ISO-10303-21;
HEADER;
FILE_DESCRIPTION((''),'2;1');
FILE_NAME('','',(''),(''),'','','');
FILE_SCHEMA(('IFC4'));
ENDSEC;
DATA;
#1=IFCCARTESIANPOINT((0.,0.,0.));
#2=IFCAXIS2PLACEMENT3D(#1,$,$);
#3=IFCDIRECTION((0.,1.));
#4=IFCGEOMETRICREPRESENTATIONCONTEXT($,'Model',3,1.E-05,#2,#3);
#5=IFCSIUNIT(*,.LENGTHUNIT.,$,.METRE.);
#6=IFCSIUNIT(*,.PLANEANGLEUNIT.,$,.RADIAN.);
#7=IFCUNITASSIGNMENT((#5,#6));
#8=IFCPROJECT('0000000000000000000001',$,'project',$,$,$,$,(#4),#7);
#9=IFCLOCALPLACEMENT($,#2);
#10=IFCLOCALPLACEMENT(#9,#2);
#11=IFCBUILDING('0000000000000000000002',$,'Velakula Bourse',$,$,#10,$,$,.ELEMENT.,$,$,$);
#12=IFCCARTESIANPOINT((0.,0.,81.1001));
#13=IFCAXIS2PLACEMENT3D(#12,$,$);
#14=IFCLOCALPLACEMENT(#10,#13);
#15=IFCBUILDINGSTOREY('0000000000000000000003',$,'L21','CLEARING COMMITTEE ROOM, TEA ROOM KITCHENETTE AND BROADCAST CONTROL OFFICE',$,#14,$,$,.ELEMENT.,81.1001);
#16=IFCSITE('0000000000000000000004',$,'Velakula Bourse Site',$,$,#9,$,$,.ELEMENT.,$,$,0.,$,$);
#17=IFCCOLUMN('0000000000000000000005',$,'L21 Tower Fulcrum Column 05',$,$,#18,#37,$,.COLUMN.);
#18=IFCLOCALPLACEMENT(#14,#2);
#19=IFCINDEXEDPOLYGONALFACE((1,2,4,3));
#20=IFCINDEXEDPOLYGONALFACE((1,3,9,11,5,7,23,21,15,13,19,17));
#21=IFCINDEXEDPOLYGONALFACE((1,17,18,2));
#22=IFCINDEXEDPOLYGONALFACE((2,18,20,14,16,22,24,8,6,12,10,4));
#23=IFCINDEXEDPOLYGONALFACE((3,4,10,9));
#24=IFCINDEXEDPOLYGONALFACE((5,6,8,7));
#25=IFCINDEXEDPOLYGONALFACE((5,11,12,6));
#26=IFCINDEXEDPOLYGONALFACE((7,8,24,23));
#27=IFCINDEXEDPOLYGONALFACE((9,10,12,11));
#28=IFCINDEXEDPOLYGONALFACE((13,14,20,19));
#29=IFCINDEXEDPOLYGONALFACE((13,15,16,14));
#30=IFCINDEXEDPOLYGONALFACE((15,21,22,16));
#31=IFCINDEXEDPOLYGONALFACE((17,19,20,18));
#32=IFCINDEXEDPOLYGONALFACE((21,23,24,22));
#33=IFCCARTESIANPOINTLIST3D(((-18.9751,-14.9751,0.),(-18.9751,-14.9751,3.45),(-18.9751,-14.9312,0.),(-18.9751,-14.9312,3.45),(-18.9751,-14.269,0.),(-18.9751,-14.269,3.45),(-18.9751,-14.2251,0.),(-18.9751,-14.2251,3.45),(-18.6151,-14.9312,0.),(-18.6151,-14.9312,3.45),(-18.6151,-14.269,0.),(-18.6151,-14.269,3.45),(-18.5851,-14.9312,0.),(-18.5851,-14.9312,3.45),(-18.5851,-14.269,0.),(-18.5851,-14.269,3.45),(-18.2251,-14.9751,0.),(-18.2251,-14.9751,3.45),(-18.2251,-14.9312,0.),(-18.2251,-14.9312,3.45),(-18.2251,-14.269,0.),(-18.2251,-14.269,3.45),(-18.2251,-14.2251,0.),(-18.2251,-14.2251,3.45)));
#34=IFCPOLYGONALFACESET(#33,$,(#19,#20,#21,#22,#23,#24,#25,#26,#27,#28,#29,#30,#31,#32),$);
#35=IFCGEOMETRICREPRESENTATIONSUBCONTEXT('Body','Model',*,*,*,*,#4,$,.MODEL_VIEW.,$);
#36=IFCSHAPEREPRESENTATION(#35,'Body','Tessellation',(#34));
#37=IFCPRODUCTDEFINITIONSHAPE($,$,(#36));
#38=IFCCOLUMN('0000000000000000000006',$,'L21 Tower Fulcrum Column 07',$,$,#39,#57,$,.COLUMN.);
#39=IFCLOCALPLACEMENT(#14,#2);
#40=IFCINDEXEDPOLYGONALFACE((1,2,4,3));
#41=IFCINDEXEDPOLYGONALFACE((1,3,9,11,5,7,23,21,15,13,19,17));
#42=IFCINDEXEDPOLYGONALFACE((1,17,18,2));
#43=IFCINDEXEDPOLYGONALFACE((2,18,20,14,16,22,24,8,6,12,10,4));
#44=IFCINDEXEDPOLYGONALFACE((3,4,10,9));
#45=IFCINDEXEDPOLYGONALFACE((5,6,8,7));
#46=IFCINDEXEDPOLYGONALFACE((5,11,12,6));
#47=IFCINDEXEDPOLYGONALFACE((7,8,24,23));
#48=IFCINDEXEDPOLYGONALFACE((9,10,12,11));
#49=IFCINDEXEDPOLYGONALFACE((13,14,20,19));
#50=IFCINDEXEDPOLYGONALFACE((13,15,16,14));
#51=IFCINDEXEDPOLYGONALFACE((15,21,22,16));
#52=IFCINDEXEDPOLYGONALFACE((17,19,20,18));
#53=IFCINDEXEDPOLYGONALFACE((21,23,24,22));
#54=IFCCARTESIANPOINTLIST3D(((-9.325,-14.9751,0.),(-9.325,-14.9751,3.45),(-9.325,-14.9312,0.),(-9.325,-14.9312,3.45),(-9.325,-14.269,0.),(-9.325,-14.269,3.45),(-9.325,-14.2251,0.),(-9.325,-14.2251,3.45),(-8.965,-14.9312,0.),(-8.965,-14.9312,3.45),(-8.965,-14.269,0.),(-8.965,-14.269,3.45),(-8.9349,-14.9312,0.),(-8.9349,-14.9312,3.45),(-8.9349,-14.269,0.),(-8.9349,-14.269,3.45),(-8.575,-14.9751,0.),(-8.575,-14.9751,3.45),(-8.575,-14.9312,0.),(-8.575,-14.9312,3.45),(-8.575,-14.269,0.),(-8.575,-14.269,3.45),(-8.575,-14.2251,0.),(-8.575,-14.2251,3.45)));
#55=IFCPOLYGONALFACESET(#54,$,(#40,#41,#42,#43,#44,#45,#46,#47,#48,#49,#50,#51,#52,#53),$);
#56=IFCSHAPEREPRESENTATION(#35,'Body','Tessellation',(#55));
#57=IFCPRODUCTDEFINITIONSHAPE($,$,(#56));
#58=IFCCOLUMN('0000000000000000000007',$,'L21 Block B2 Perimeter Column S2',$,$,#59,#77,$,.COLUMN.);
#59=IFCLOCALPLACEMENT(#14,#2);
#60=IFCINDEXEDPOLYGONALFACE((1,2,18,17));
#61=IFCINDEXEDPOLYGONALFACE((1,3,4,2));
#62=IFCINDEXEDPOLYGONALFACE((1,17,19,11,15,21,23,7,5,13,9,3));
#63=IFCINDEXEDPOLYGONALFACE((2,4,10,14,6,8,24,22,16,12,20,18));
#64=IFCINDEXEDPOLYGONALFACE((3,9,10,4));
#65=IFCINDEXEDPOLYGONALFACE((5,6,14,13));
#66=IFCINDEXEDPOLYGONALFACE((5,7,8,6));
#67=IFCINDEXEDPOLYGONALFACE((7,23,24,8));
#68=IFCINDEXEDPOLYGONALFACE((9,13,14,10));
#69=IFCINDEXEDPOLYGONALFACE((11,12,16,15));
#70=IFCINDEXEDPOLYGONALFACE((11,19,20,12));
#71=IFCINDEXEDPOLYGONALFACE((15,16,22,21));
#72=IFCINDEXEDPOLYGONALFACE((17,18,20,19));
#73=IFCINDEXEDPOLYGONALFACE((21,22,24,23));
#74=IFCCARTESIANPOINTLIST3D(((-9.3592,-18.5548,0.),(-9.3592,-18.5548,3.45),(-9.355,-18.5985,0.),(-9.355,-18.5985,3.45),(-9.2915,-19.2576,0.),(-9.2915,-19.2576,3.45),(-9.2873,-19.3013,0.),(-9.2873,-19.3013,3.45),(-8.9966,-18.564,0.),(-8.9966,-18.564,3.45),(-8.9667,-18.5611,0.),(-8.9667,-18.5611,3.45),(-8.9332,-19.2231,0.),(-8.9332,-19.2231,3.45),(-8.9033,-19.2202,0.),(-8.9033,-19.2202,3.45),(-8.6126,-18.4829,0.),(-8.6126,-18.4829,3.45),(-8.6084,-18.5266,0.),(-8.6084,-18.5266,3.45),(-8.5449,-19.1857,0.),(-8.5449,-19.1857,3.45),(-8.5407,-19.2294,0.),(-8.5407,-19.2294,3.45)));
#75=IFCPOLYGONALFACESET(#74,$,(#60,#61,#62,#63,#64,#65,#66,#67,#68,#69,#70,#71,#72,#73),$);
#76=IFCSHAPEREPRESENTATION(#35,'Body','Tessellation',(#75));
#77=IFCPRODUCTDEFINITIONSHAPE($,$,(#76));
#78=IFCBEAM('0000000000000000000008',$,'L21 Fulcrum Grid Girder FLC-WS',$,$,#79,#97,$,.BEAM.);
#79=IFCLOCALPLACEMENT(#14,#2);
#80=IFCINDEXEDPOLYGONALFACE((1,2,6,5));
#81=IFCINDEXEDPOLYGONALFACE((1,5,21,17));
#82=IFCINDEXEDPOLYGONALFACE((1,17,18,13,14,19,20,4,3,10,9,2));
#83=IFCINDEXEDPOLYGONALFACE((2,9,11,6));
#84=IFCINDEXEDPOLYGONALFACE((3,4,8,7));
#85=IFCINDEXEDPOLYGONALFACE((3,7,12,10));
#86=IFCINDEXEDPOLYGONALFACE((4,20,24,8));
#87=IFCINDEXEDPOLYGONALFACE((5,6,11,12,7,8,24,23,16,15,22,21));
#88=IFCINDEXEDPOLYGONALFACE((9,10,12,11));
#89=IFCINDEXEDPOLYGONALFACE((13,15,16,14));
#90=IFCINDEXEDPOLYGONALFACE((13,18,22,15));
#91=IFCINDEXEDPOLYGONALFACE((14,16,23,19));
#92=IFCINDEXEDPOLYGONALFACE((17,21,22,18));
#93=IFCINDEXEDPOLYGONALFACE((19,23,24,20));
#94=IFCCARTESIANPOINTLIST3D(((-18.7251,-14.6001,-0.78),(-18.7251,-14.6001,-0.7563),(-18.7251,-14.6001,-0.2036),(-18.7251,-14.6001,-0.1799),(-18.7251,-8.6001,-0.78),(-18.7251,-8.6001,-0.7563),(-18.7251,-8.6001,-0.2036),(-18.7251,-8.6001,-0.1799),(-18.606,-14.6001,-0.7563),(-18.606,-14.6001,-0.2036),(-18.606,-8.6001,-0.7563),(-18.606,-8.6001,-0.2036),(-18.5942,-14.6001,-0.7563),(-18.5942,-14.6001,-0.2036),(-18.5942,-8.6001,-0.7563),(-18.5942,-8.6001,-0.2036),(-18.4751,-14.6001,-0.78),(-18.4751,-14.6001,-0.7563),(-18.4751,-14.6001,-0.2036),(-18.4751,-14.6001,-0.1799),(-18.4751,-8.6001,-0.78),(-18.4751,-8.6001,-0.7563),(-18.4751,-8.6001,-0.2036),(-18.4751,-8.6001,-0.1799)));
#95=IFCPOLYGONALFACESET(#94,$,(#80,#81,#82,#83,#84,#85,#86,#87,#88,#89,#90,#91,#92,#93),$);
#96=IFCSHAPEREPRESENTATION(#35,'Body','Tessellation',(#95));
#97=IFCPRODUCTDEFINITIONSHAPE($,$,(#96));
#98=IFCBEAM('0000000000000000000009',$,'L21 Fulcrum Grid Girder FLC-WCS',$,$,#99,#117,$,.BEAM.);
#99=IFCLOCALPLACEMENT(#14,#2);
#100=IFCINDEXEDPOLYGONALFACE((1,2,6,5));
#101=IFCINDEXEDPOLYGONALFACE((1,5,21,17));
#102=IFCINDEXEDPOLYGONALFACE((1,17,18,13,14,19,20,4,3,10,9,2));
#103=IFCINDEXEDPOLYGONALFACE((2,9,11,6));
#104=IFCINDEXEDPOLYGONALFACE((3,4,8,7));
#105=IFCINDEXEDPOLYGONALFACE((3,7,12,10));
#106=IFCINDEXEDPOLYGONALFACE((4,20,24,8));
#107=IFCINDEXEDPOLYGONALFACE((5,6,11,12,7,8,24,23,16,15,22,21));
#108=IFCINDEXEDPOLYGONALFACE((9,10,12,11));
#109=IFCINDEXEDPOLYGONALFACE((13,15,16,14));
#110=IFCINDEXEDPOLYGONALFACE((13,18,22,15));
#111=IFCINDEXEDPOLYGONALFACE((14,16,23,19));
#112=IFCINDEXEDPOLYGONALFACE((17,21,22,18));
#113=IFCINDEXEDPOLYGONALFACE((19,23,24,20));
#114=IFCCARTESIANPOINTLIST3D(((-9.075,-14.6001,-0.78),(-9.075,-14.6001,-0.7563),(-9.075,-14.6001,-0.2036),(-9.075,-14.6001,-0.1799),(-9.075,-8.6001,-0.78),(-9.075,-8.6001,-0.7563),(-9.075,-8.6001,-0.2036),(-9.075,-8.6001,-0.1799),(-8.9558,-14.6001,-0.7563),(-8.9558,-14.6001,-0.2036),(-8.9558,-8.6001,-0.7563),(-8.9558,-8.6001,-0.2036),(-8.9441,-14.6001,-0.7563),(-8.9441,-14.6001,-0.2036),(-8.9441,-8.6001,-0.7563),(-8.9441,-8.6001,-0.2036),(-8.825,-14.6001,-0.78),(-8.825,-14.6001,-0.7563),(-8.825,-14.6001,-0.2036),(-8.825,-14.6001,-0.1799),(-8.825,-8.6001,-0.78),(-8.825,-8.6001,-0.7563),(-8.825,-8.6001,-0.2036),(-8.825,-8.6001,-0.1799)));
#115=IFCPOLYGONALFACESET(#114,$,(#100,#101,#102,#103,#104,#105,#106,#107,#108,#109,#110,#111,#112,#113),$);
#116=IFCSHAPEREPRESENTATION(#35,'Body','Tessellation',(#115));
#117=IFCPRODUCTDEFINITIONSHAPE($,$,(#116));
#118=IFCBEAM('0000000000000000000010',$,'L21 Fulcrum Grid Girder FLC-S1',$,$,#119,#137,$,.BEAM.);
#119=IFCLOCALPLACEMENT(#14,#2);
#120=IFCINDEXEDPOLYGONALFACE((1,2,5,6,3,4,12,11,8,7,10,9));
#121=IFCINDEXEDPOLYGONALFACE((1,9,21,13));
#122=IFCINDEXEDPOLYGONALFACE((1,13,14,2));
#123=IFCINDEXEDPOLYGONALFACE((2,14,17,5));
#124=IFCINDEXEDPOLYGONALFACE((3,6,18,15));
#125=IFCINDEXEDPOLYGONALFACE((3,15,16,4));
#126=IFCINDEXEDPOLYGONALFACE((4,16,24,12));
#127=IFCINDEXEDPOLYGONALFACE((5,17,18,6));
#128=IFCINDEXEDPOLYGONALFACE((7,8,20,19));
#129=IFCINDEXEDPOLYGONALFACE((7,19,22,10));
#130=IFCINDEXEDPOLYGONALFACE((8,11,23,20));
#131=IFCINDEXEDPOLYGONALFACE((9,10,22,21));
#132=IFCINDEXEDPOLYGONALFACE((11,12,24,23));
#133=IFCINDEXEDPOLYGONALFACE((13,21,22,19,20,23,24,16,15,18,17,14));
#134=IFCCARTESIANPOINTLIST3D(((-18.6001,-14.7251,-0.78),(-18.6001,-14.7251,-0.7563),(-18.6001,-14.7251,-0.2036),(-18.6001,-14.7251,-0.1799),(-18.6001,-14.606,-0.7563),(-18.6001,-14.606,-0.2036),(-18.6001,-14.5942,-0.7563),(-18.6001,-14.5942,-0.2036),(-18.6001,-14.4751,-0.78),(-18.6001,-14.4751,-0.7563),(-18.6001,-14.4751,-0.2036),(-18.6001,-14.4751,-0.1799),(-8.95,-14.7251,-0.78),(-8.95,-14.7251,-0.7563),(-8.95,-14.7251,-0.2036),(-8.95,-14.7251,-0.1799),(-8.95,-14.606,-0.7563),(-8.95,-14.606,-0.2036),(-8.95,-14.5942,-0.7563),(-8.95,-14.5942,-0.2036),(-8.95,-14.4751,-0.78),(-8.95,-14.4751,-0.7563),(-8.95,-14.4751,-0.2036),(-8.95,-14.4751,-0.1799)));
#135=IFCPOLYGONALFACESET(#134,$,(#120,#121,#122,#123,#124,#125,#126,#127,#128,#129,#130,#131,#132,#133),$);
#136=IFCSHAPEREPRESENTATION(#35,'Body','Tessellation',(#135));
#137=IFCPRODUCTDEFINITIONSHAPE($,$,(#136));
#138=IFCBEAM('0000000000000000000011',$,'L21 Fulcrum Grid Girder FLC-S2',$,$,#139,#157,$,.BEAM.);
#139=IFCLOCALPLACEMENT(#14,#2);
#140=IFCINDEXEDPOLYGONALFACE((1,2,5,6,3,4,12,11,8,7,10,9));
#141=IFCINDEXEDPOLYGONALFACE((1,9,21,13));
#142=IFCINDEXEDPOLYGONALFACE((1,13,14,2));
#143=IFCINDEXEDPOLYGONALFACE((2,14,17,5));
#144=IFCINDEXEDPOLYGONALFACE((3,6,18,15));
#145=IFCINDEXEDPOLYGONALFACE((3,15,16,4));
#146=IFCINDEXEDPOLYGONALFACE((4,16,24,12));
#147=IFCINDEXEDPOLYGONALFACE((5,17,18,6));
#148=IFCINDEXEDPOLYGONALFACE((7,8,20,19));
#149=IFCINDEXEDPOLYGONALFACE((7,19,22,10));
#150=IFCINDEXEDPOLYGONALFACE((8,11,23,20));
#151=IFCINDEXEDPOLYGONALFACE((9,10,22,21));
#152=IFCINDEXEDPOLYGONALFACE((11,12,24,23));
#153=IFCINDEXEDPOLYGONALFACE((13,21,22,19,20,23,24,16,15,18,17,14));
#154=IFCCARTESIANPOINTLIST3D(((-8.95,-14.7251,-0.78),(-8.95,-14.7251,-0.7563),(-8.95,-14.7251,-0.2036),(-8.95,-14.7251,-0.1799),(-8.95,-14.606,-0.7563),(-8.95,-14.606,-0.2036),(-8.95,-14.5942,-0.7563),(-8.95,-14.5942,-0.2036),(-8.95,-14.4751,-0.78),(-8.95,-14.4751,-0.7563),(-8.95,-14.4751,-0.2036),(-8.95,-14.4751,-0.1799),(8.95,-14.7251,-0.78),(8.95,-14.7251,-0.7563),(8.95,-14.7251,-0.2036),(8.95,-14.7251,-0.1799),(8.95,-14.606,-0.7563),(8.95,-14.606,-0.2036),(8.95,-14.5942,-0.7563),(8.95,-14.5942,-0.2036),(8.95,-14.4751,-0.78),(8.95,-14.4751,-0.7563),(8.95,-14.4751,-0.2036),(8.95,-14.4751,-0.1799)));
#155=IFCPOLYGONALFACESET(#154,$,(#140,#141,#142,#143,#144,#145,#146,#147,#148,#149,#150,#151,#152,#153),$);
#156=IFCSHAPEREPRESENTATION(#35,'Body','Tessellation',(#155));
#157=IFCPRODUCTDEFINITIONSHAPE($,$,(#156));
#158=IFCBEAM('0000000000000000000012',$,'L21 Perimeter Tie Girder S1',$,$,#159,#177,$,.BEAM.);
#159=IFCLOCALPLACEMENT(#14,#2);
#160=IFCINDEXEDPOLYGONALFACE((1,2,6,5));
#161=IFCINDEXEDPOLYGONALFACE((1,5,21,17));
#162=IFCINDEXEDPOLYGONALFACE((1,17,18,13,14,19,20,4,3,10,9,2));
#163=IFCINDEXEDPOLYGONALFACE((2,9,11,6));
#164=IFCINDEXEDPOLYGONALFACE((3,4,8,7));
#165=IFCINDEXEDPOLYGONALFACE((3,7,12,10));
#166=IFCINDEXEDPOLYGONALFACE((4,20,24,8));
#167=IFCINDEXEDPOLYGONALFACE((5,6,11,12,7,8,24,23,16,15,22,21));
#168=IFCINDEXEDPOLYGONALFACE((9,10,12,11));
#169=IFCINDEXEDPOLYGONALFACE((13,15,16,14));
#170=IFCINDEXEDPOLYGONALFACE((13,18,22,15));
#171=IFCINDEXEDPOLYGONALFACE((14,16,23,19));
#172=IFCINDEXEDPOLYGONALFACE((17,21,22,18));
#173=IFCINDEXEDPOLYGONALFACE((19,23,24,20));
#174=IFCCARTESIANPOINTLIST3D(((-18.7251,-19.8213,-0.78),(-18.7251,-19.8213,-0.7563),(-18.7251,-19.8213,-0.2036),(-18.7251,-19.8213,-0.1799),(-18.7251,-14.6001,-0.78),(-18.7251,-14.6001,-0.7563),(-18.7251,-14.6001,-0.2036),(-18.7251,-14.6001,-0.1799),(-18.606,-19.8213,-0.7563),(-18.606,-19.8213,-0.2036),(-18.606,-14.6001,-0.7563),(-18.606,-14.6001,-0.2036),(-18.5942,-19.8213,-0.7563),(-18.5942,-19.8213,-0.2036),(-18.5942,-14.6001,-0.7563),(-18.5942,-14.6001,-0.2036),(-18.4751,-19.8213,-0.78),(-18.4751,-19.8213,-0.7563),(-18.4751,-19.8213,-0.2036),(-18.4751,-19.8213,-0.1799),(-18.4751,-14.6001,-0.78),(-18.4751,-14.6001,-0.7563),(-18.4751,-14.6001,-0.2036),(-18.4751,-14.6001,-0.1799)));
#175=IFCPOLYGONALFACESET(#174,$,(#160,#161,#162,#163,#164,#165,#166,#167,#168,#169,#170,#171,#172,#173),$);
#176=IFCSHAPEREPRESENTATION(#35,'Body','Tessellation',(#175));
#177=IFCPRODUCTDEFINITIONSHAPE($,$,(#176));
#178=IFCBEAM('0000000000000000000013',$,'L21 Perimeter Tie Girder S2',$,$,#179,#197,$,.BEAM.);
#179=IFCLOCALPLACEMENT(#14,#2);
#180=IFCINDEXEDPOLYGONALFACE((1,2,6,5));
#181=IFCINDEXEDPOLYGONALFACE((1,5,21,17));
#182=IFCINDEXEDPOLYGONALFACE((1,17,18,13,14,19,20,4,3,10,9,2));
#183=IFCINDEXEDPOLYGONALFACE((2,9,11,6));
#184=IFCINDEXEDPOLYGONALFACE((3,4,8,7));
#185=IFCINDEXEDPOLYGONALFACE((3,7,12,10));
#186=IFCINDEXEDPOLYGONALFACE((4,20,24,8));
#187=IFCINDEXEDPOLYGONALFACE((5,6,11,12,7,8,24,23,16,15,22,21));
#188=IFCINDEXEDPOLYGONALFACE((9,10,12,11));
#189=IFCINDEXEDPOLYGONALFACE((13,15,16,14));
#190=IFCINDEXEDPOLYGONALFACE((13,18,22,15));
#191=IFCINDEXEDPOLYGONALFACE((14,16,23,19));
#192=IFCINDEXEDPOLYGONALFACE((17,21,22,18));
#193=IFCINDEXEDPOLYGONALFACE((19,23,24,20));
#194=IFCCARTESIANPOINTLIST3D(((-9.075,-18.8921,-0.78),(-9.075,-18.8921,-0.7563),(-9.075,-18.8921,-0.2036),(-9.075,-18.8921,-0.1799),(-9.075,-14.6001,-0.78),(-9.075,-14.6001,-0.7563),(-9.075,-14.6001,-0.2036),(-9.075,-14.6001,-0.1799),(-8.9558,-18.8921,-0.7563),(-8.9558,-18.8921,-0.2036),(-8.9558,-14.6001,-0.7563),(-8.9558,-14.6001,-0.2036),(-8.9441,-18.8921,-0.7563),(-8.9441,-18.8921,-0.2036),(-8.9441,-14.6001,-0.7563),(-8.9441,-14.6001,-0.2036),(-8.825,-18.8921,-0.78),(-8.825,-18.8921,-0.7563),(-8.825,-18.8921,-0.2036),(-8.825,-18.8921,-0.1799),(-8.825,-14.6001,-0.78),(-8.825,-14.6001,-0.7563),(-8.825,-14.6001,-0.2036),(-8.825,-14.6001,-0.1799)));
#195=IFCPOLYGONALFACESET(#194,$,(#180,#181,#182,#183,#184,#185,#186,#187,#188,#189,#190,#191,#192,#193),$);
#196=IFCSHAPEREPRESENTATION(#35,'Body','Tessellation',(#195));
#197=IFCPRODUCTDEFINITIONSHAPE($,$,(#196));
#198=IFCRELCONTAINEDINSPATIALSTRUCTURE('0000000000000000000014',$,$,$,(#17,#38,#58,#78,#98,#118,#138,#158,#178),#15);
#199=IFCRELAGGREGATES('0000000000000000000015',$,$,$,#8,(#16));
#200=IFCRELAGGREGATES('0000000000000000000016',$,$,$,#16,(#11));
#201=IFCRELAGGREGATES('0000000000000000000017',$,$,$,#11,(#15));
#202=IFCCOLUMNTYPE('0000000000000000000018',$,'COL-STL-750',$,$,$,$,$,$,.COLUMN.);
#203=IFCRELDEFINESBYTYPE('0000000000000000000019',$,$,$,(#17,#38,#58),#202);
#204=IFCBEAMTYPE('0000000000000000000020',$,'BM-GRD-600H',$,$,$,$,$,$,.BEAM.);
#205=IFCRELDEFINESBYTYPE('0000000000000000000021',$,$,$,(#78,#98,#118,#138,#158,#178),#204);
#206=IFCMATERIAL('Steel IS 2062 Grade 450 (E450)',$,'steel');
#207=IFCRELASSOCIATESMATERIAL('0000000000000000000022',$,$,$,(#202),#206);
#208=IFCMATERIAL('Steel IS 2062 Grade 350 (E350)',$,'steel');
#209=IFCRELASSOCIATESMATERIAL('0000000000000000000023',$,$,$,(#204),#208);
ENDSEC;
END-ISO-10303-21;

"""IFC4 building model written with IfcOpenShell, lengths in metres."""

from ifc_helpers import new_model, si_unit, direction, frame, origin, origin_2d, place, context, subcontext, project, spatial, i_section, extrude, material, material_profile, profile_set, type_object, element, save


model = new_model("IFC4")

# Units and contexts
model_context = context("Model", 3, precision=1e-05, world=origin(), true_north=direction((0.0, 1.0)))
body_context = subcontext(model_context, "Body", "Model", "MODEL_VIEW")
ifc_project = project(units=[si_unit("LENGTHUNIT", "METRE"), si_unit("PLANEANGLEUNIT", "RADIAN")], contexts=[model_context])

# Site, building, storey
site_placement = place(None, origin())
site = spatial("IfcSite", under=ifc_project, at=site_placement, Name="Velakula Bourse Site", CompositionType="ELEMENT", RefElevation=0.0)
building_placement = place(site_placement, origin())
building = spatial("IfcBuilding", under=site, at=building_placement, Name="Velakula Bourse", CompositionType="ELEMENT")
storey_placement = place(building_placement, frame((0.0, 0.0, 81.1001)))
storey = spatial("IfcBuildingStorey", under=building, at=storey_placement, Name="L21", Description="CLEARING COMMITTEE ROOM, TEA ROOM KITCHENETTE AND BROADCAST CONTROL OFFICE", CompositionType="ELEMENT", Elevation=81.1001)

# Columns
ifc_material_1 = material(Name="Steel IS 2062 Grade 450 (E450)", Category="steel")
ifc_material_profile_1 = material_profile(ifc_material_1, i_section(OverallWidth=0.75, OverallDepth=0.75, WebThickness=0.03, FlangeThickness=0.0439, at=origin_2d()), Name="Steel IS 2062 Grade 450 (E450)")
ifc_profile_set_1 = profile_set([ifc_material_profile_1], Name="Steel IS 2062 Grade 450 (E450)")
column_type = type_object("IfcColumnType", Name="COL-STL-750", PredefinedType="COLUMN", material=ifc_profile_set_1)
for number, where, z_axis, x_axis, name in (
    (1, (-18.6001, -14.6001, 0.0), (0.0, 0.0, 1.0), (1.0, 0.0, 0.0), "L21 Tower Fulcrum Column 05"),
    (2, (-8.95, -14.6001, 0.0), (0.0, 0.0, 1.0), (1.0, 0.0, 0.0), "L21 Tower Fulcrum Column 07"),
    (3, (-8.95, -18.8921, 0.0), (0.0, 0.0, 1.0), (0.995396, 0.095846, 0.0), "L21 Block B2 Perimeter Column S2"),
):
    element("IfcColumn", number, at=place(storey_placement, frame(where, z_axis=z_axis, x_axis=x_axis)), inside=storey, type_object=column_type, Name=name, PredefinedType="COLUMN", context=body_context, shape_type="SweptSolid", body=[
        extrude(i_section(OverallWidth=0.75, OverallDepth=0.75, WebThickness=0.03, FlangeThickness=0.0439, at=origin_2d()), origin(), (0.0, 0.0, 1.0), 3.45),
    ])

# Beams
ifc_material_2 = material(Name="Steel IS 2062 Grade 350 (E350)", Category="steel")
ifc_material_profile_2 = material_profile(ifc_material_2, i_section(OverallWidth=0.25, OverallDepth=0.6001, WebThickness=0.0117, FlangeThickness=0.0237, at=origin_2d()), Name="Steel IS 2062 Grade 350 (E350)")
ifc_profile_set_2 = profile_set([ifc_material_profile_2], Name="Steel IS 2062 Grade 350 (E350)")
beam_type_1 = type_object("IfcBeamType", Name="BM-GRD-600H", PredefinedType="BEAM", material=ifc_profile_set_2)
for number, where, z_axis, x_axis, name in (
    (4, (-18.6001, -14.6001, -0.48), (0.0, 1.0, 0.0), (-1.0, 0.0, 0.0), "L21 Fulcrum Grid Girder FLC-WS"),
    (5, (-8.95, -14.6001, -0.48), (0.0, 1.0, 0.0), (-1.0, 0.0, 0.0), "L21 Fulcrum Grid Girder FLC-WCS"),
):
    element("IfcBeam", number, at=place(storey_placement, frame(where, z_axis=z_axis, x_axis=x_axis)), inside=storey, type_object=beam_type_1, Name=name, PredefinedType="BEAM", context=body_context, shape_type="SweptSolid", body=[
        extrude(i_section(OverallWidth=0.25, OverallDepth=0.6001, WebThickness=0.0117, FlangeThickness=0.0237, at=origin_2d()), origin(), (0.0, 0.0, 1.0), 6.0),
    ])
beam_1_placement = place(storey_placement, frame((-18.6001, -14.6001, -0.48), z_axis=(1.0, 0.0, 0.0), x_axis=(0.0, 1.0, 0.0)))
element("IfcBeam", 6, at=beam_1_placement, inside=storey, type_object=beam_type_1, Name="L21 Fulcrum Grid Girder FLC-S1", PredefinedType="BEAM", context=body_context, shape_type="SweptSolid", body=[
    extrude(i_section(OverallWidth=0.25, OverallDepth=0.6001, WebThickness=0.0117, FlangeThickness=0.0237, at=origin_2d()), origin(), (0.0, 0.0, 1.0), 9.6501),
])
beam_2_placement = place(storey_placement, frame((-8.95, -14.6001, -0.48), z_axis=(1.0, 0.0, 0.0), x_axis=(0.0, 1.0, 0.0)))
element("IfcBeam", 7, at=beam_2_placement, inside=storey, type_object=beam_type_1, Name="L21 Fulcrum Grid Girder FLC-S2", PredefinedType="BEAM", context=body_context, shape_type="SweptSolid", body=[
    extrude(i_section(OverallWidth=0.25, OverallDepth=0.6001, WebThickness=0.0117, FlangeThickness=0.0237, at=origin_2d()), origin(), (0.0, 0.0, 1.0), 17.8999),
])
beam_3_placement = place(storey_placement, frame((-18.6001, -14.6001, -0.48), z_axis=(0.0, -1.0, 0.0), x_axis=(1.0, 0.0, 0.0)))
element("IfcBeam", 8, at=beam_3_placement, inside=storey, type_object=beam_type_1, Name="L21 Perimeter Tie Girder S1", PredefinedType="BEAM", context=body_context, shape_type="SweptSolid", body=[
    extrude(i_section(OverallWidth=0.25, OverallDepth=0.6001, WebThickness=0.0117, FlangeThickness=0.0237, at=origin_2d()), origin(), (0.0, 0.0, 1.0), 5.2212),
])
beam_4_placement = place(storey_placement, frame((-8.95, -14.6001, -0.48), z_axis=(0.0, -1.0, 0.0), x_axis=(1.0, 0.0, 0.0)))
element("IfcBeam", 9, at=beam_4_placement, inside=storey, type_object=beam_type_1, Name="L21 Perimeter Tie Girder S2", PredefinedType="BEAM", context=body_context, shape_type="SweptSolid", body=[
    extrude(i_section(OverallWidth=0.25, OverallDepth=0.6001, WebThickness=0.0117, FlangeThickness=0.0237, at=origin_2d()), origin(), (0.0, 0.0, 1.0), 4.292),
])

save(model, "model.ifc")
